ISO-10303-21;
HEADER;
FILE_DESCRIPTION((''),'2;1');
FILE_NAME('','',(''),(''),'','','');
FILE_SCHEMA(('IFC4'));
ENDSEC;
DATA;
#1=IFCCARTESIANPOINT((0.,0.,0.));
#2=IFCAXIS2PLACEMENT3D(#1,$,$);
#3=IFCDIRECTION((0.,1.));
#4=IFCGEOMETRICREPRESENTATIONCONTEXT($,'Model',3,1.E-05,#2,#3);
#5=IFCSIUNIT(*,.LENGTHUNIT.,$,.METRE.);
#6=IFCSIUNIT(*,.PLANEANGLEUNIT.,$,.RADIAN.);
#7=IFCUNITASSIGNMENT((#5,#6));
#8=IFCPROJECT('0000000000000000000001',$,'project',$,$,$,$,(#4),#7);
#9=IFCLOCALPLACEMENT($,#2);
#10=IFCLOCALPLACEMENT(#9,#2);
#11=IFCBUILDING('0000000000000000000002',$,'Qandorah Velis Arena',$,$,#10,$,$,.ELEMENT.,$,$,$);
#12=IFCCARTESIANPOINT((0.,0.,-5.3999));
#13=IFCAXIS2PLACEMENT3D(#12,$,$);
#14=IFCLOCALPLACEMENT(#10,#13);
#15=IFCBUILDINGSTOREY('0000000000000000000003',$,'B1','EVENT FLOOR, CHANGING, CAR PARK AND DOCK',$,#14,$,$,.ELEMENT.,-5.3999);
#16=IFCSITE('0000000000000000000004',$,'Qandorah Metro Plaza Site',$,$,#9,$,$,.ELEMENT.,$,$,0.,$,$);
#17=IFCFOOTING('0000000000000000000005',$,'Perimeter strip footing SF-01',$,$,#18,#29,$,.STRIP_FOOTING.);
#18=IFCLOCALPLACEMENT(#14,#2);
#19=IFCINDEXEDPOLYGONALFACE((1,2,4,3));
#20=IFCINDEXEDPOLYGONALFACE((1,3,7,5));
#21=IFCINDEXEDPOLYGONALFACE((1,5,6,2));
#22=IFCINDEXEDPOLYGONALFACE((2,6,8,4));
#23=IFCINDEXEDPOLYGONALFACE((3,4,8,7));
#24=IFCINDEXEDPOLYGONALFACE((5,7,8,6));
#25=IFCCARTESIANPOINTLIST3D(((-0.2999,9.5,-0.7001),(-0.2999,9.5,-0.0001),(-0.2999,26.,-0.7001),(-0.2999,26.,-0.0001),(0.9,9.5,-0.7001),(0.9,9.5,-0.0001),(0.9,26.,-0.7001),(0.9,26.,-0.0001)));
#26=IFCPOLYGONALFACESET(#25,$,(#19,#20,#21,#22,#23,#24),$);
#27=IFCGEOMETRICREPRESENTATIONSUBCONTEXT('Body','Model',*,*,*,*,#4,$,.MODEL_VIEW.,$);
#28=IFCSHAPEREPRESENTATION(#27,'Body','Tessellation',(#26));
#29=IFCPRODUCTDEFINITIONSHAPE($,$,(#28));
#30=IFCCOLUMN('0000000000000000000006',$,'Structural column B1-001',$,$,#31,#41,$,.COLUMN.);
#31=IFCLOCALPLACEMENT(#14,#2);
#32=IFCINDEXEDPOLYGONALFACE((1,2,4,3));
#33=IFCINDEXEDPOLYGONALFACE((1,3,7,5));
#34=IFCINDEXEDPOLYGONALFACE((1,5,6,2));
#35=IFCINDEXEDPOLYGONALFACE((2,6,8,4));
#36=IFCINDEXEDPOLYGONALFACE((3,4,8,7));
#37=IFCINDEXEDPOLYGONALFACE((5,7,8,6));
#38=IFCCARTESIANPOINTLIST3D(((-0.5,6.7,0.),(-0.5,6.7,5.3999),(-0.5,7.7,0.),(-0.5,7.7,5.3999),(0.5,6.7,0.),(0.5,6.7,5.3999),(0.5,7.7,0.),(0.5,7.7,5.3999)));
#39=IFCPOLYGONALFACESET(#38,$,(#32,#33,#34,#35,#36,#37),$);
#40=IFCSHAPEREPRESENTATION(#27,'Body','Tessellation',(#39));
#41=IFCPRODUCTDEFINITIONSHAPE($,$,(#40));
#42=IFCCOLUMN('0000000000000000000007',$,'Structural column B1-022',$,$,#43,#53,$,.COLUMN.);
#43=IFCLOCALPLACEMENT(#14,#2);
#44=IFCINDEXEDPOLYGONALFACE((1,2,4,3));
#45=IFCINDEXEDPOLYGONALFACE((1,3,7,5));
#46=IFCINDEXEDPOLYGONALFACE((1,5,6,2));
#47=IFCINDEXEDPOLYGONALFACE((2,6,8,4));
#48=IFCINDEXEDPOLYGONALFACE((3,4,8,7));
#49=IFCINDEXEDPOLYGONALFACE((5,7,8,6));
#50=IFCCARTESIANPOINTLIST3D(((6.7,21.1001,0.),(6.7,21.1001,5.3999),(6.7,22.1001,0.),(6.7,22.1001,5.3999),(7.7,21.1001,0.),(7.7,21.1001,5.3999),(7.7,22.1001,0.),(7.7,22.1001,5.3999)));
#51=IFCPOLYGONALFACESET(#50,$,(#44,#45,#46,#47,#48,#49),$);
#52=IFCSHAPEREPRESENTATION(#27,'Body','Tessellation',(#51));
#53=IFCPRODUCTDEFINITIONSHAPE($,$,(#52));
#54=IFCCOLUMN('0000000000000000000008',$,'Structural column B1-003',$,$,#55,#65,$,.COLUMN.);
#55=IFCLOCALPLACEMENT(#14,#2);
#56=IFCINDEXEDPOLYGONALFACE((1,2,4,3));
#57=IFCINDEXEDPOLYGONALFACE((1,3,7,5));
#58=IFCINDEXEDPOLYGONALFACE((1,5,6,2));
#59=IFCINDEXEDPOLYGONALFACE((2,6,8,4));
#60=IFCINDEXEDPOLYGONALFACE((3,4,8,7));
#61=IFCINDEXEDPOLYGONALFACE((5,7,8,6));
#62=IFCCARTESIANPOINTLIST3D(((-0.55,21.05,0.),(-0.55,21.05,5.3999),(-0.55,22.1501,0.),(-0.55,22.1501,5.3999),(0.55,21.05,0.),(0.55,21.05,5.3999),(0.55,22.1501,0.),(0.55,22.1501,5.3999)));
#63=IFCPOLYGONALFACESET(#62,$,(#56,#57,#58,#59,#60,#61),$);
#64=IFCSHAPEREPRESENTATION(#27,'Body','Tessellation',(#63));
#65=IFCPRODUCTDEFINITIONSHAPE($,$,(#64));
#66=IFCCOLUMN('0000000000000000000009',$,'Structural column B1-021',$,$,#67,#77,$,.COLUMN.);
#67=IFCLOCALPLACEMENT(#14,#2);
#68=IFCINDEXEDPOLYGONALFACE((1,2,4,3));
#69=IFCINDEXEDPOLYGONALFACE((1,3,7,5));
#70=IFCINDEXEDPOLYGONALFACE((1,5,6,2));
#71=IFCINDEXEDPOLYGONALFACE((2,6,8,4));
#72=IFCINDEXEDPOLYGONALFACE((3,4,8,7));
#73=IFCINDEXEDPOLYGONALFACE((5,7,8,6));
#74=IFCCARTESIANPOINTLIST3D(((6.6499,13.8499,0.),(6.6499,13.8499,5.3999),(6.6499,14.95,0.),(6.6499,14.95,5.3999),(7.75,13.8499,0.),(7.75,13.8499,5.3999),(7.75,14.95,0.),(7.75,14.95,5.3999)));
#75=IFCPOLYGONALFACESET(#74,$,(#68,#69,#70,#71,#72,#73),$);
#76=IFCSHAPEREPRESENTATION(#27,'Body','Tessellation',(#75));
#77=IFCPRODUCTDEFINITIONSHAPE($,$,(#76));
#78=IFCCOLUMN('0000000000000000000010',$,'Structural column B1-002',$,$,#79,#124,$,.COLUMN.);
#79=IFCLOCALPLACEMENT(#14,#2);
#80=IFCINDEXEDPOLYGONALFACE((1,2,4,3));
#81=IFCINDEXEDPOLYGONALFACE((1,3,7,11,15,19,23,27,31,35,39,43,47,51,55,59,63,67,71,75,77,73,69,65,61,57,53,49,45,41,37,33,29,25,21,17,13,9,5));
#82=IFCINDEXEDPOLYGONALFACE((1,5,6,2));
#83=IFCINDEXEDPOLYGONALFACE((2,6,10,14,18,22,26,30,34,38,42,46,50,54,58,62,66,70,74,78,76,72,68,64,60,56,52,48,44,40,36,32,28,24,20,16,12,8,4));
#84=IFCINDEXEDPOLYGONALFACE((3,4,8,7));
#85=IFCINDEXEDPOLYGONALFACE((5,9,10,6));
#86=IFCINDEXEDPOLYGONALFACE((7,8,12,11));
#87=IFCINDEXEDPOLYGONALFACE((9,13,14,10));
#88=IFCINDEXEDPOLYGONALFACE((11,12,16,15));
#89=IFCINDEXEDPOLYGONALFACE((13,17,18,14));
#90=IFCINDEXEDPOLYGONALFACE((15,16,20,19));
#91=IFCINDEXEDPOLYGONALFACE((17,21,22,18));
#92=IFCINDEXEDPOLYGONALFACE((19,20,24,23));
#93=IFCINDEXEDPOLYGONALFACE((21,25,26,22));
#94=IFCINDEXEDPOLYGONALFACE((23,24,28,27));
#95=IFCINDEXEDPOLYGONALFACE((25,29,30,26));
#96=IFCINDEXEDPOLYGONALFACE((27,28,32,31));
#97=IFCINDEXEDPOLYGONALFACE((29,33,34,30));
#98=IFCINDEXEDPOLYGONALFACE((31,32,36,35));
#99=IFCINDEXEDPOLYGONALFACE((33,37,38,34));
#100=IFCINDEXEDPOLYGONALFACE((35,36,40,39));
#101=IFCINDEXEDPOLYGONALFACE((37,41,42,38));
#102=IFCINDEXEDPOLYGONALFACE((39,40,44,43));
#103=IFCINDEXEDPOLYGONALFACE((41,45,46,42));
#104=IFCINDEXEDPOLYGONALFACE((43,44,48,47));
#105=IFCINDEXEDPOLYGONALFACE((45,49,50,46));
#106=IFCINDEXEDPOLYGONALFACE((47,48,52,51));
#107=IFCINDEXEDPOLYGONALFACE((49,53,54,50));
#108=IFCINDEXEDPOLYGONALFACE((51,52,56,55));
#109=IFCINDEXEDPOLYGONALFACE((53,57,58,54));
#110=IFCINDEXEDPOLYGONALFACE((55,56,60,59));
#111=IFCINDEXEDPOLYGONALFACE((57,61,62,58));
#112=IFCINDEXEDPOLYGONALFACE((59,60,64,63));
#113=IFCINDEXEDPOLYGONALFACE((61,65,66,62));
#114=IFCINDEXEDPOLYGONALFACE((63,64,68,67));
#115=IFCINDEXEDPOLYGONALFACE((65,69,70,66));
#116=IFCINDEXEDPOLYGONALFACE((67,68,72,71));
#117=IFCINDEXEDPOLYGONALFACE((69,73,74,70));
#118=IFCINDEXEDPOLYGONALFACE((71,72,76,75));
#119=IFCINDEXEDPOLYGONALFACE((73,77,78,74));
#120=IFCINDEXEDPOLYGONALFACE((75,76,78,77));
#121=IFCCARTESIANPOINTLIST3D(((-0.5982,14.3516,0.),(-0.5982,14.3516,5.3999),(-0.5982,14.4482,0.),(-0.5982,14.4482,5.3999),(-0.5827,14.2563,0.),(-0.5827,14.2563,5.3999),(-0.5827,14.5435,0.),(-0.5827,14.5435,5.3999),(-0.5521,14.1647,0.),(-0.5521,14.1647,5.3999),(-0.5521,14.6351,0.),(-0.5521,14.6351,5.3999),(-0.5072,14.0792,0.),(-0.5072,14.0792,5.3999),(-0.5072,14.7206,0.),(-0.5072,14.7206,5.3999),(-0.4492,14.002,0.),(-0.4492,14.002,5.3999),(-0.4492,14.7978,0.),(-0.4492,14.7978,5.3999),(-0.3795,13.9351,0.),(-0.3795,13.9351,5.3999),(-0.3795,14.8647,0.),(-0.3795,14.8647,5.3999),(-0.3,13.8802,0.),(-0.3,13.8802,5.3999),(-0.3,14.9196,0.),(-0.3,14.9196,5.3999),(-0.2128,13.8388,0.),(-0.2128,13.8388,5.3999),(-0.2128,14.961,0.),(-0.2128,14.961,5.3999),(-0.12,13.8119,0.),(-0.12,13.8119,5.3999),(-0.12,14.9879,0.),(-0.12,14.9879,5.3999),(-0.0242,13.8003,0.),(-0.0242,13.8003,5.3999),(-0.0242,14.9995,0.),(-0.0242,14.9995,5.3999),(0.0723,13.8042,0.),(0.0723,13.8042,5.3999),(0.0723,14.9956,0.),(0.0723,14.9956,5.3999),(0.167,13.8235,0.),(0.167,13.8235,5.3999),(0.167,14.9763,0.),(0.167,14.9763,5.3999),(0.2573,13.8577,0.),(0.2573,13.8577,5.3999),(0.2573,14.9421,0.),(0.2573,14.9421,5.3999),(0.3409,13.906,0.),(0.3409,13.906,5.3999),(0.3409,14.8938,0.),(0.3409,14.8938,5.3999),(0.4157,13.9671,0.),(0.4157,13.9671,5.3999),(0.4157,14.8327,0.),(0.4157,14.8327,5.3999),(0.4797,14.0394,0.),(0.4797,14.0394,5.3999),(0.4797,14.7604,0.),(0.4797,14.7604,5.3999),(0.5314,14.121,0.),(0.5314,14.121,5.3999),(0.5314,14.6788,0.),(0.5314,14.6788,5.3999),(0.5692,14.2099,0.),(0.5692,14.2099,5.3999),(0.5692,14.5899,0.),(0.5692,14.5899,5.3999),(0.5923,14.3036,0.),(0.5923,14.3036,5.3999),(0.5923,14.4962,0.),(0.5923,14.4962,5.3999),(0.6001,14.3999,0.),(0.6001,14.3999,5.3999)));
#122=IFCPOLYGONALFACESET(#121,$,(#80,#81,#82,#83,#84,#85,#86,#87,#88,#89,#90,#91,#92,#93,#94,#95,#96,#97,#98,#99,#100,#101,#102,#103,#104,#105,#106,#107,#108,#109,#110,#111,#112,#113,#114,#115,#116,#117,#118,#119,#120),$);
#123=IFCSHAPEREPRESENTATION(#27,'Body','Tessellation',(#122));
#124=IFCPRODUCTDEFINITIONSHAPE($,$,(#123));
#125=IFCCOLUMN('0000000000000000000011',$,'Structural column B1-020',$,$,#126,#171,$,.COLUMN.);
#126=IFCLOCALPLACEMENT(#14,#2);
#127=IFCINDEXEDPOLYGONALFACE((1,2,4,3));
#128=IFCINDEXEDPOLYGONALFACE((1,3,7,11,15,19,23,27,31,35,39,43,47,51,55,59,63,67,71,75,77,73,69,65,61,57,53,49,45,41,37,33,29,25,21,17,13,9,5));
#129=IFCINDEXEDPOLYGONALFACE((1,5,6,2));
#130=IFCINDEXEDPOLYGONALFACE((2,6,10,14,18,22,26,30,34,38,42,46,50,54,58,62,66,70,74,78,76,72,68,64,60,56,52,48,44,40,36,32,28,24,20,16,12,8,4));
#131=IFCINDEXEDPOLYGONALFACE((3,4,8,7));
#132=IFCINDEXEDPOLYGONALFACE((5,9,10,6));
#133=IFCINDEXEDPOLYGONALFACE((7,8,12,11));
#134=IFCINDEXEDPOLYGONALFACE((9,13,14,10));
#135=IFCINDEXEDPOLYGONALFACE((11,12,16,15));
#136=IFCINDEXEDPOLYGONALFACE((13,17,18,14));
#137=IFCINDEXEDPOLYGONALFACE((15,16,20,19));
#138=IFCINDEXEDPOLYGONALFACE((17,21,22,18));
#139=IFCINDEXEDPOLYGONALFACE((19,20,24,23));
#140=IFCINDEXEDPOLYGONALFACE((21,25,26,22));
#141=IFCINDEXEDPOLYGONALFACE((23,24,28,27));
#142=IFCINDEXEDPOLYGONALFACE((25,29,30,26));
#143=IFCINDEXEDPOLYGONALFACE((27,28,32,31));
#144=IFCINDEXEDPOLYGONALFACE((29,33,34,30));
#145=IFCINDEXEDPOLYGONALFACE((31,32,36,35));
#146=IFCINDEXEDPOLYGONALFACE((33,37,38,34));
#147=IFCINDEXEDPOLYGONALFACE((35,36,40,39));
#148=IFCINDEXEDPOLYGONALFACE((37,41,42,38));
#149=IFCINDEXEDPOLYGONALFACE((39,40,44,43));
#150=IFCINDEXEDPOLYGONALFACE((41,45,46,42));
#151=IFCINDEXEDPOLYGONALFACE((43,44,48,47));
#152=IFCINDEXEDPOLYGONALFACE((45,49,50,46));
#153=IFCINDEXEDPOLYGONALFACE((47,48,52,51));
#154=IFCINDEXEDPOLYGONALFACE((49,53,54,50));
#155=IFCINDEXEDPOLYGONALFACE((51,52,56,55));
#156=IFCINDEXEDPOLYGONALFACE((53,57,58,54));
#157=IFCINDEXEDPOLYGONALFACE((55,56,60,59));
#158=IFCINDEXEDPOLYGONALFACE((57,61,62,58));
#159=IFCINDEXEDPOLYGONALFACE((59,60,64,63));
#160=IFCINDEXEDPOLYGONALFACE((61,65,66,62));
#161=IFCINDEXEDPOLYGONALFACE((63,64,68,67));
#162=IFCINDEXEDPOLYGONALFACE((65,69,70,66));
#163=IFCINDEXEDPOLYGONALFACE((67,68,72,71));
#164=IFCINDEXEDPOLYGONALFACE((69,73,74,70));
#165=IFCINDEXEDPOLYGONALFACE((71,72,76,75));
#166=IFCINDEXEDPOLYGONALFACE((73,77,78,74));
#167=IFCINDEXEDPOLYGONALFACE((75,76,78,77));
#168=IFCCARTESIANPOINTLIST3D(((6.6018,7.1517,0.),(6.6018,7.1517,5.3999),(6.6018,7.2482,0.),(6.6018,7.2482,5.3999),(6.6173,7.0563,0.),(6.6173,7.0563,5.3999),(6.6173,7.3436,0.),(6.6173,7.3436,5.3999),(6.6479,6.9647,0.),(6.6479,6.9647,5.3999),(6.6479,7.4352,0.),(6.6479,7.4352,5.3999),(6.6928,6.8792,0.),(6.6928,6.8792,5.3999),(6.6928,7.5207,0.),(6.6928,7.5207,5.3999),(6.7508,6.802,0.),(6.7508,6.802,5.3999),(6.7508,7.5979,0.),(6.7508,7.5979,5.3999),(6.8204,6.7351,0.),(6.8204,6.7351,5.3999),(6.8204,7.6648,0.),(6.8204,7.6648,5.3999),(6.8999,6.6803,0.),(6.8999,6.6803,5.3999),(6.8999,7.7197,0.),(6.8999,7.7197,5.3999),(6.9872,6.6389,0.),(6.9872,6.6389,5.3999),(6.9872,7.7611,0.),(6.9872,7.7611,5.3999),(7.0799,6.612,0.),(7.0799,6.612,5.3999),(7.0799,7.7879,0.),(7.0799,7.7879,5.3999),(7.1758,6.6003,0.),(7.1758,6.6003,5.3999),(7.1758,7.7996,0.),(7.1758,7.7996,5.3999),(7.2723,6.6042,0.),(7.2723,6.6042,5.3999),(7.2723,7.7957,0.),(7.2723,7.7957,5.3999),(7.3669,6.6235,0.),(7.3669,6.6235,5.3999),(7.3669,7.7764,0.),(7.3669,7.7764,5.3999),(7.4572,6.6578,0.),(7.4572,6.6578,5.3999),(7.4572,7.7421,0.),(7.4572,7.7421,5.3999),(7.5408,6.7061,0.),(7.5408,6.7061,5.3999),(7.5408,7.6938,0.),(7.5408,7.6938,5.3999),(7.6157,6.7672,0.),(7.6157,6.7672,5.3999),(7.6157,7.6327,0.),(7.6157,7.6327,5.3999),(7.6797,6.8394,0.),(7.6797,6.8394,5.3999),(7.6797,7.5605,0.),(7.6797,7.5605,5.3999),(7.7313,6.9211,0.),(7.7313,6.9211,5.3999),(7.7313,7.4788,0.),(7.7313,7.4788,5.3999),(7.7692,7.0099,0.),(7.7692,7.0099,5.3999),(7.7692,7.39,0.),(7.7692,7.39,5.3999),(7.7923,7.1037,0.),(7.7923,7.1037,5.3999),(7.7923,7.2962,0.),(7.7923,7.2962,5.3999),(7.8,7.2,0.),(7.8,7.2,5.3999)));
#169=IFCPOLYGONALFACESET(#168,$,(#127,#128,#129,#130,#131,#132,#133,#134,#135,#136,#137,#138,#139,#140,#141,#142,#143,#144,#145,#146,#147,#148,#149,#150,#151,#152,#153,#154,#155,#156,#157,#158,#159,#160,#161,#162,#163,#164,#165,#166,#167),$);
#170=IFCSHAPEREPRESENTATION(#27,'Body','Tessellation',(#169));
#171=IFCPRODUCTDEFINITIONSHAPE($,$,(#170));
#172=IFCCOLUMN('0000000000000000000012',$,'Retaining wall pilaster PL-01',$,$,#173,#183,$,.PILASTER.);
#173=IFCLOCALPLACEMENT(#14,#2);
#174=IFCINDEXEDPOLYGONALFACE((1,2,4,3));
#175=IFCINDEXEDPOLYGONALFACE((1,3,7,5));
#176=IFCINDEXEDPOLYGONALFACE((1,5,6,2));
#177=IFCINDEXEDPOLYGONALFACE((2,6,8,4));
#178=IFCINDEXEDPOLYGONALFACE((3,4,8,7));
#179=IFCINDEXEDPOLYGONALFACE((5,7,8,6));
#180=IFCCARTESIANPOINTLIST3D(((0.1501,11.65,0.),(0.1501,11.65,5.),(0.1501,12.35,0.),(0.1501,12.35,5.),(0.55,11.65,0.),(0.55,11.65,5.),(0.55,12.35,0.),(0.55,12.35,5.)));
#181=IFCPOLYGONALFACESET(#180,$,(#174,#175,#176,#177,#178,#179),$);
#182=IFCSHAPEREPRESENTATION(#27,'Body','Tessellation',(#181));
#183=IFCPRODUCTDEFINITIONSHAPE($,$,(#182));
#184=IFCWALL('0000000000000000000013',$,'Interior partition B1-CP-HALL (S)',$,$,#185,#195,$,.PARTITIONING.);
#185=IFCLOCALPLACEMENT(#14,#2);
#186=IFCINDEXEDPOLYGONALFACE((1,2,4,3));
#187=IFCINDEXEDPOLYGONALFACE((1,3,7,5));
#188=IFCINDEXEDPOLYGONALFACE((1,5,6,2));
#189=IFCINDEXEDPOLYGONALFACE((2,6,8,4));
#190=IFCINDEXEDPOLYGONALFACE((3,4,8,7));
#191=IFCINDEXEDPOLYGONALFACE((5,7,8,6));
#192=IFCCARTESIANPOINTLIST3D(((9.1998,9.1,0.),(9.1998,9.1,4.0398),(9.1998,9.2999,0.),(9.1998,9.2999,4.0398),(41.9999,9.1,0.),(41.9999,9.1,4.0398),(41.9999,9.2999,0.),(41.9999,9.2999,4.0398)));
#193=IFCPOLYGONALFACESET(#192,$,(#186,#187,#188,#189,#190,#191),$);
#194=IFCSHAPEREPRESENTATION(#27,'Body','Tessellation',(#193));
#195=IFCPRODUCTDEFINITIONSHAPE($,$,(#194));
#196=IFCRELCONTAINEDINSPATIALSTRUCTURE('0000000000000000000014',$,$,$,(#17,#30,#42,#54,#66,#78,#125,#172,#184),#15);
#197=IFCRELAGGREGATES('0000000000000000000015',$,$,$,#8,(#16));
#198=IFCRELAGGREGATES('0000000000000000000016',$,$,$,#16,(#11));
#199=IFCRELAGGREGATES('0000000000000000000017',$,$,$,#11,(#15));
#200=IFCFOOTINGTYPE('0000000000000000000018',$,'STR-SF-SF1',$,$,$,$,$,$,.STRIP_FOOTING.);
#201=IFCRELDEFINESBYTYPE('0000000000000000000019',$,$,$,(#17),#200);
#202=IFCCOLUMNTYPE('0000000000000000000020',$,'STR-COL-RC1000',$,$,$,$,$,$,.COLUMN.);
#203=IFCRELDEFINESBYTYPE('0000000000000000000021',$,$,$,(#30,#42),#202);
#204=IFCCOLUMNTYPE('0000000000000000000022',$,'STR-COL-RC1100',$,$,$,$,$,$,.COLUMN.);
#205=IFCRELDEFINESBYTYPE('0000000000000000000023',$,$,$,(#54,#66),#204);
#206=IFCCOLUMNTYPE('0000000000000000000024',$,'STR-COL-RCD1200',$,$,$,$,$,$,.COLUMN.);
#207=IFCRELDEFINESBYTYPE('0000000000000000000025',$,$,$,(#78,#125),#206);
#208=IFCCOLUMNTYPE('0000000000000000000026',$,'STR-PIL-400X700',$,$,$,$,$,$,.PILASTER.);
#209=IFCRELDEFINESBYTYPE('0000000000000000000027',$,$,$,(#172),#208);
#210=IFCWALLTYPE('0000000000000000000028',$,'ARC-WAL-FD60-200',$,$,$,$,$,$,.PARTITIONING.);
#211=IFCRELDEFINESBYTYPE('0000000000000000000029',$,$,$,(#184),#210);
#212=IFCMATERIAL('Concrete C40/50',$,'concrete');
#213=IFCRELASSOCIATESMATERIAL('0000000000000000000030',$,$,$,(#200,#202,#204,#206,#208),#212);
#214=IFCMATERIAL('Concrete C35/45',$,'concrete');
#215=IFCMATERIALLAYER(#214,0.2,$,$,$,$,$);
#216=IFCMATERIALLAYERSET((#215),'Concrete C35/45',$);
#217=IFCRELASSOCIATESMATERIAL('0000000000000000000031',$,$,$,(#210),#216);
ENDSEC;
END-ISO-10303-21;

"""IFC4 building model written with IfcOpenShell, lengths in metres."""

from ifc_helpers import new_model, si_unit, direction, frame, frame_2d, origin, origin_2d, place, context, subcontext, project, spatial, rectangle, circle, extrude, material, layer, layer_set, material_profile, profile_set, type_object, element, save


model = new_model("IFC4")

# Units and contexts
model_context = context("Model", 3, precision=1e-05, world=origin(), true_north=direction((0.0, 1.0)))
body_context = subcontext(model_context, "Body", "Model", "MODEL_VIEW")
ifc_project = project(units=[si_unit("LENGTHUNIT", "METRE"), si_unit("PLANEANGLEUNIT", "RADIAN")], contexts=[model_context])

# Site, building, storey
site_placement = place(None, origin())
site = spatial("IfcSite", under=ifc_project, at=site_placement, Name="Qandorah Metro Plaza Site", CompositionType="ELEMENT", RefElevation=0.0)
building_placement = place(site_placement, origin())
building = spatial("IfcBuilding", under=site, at=building_placement, Name="Qandorah Velis Arena", CompositionType="ELEMENT")
storey_placement = place(building_placement, frame((0.0, 0.0, -5.3999)))
storey = spatial("IfcBuildingStorey", under=building, at=storey_placement, Name="B1", Description="EVENT FLOOR, CHANGING, CAR PARK AND DOCK", CompositionType="ELEMENT", Elevation=-5.3999)

# Shared definitions
ifc_material_1 = material(Name="Concrete C40/50", Category="concrete")

# Footing
ifc_material_profile_1 = material_profile(ifc_material_1, rectangle(XDim=1.2, YDim=0.7, at=origin_2d()), Name="SF1 1200x700")
ifc_profile_set_1 = profile_set([ifc_material_profile_1], Name="Concrete C40/50")
footing_type_1 = type_object("IfcFootingType", Name="STR-SF-SF1", PredefinedType="STRIP_FOOTING", material=ifc_profile_set_1)
footing_1_placement = place(storey_placement, frame((0.3, 9.5, -0.3501), z_axis=(0.0, 1.0, 0.0), x_axis=(-1.0, 0.0, 0.0)))
element("IfcFooting", 1, at=footing_1_placement, inside=storey, type_object=footing_type_1, Name="Perimeter strip footing SF-01", PredefinedType="STRIP_FOOTING", context=body_context, shape_type="SweptSolid", body=[
    extrude(rectangle(XDim=1.2, YDim=0.7, at=origin_2d()), origin(), (0.0, 0.0, 1.0), 16.5),
])

# Columns
ifc_material_profile_2 = material_profile(ifc_material_1, rectangle(XDim=1.0, YDim=1.0, at=origin_2d()), Name="RC COL 1000x1000")
ifc_profile_set_2 = profile_set([ifc_material_profile_2], Name="Concrete C40/50")
column_type_1 = type_object("IfcColumnType", Name="STR-COL-RC1000", PredefinedType="COLUMN", material=ifc_profile_set_2)
for number, where, z_axis, x_axis, name in (
    (2, (0.0, 7.2, 0.0), (0.0, 0.0, 1.0), (1.0, 0.0, 0.0), "Structural column B1-001"),
    (3, (7.2, 21.6001, 0.0), (0.0, 0.0, 1.0), (1.0, 0.0, 0.0), "Structural column B1-022"),
):
    element("IfcColumn", number, at=place(storey_placement, frame(where, z_axis=z_axis, x_axis=x_axis)), inside=storey, type_object=column_type_1, Name=name, PredefinedType="COLUMN", context=body_context, shape_type="SweptSolid", body=[
        extrude(rectangle(XDim=1.0, YDim=1.0, at=origin_2d()), origin(), (0.0, 0.0, 1.0), 5.3999),
    ])
ifc_material_profile_3 = material_profile(ifc_material_1, rectangle(XDim=1.1001, YDim=1.1001, at=origin_2d()), Name="RC COL 1100x1100")
ifc_profile_set_3 = profile_set([ifc_material_profile_3], Name="Concrete C40/50")
column_type_2 = type_object("IfcColumnType", Name="STR-COL-RC1100", PredefinedType="COLUMN", material=ifc_profile_set_3)
for number, where, z_axis, x_axis, name in (
    (4, (0.0, 21.6001, 0.0), (0.0, 0.0, 1.0), (1.0, 0.0, 0.0), "Structural column B1-003"),
    (5, (7.2, 14.3999, 0.0), (0.0, 0.0, 1.0), (1.0, 0.0, 0.0), "Structural column B1-021"),
):
    element("IfcColumn", number, at=place(storey_placement, frame(where, z_axis=z_axis, x_axis=x_axis)), inside=storey, type_object=column_type_2, Name=name, PredefinedType="COLUMN", context=body_context, shape_type="SweptSolid", body=[
        extrude(rectangle(XDim=1.1001, YDim=1.1001, at=origin_2d()), origin(), (0.0, 0.0, 1.0), 5.3999),
    ])
ifc_material_profile_4 = material_profile(ifc_material_1, circle(Radius=0.6001, at=origin_2d()), Name="RC D1200")
ifc_profile_set_4 = profile_set([ifc_material_profile_4], Name="Concrete C40/50")
column_type_3 = type_object("IfcColumnType", Name="STR-COL-RCD1200", PredefinedType="COLUMN", material=ifc_profile_set_4)
for number, where, z_axis, x_axis, name in (
    (6, (0.0, 14.3999, 0.0), (0.0, 0.0, 1.0), (1.0, 0.0, 0.0), "Structural column B1-002"),
    (7, (7.2, 7.2, 0.0), (0.0, 0.0, 1.0), (1.0, 0.0, 0.0), "Structural column B1-020"),
):
    element("IfcColumn", number, at=place(storey_placement, frame(where, z_axis=z_axis, x_axis=x_axis)), inside=storey, type_object=column_type_3, Name=name, PredefinedType="COLUMN", context=body_context, shape_type="SweptSolid", body=[
        extrude(circle(Radius=0.6001, at=origin_2d()), origin(), (0.0, 0.0, 1.0), 5.3999),
    ])
ifc_material_profile_5 = material_profile(ifc_material_1, rectangle(XDim=0.3999, YDim=0.7, at=origin_2d()), Name="RC PIL 400x700")
ifc_profile_set_5 = profile_set([ifc_material_profile_5], Name="Concrete C40/50")
column_type_4 = type_object("IfcColumnType", Name="STR-PIL-400X700", PredefinedType="PILASTER", material=ifc_profile_set_5)
column_placement = place(storey_placement, frame((0.3501, 12.0, 0.0), z_axis=(0.0, 0.0, 1.0), x_axis=(1.0, 0.0, 0.0)))
element("IfcColumn", 8, at=column_placement, inside=storey, type_object=column_type_4, Name="Retaining wall pilaster PL-01", PredefinedType="PILASTER", context=body_context, shape_type="SweptSolid", body=[
    extrude(rectangle(XDim=0.3999, YDim=0.7, at=origin_2d()), origin(), (0.0, 0.0, 1.0), 5.0),
])

# Wall
ifc_material_2 = material(Name="Concrete C35/45", Category="concrete")
ifc_layer = layer(ifc_material_2, 0.2)
ifc_layer_set = layer_set([ifc_layer], Name="Concrete C35/45")
wall_type = type_object("IfcWallType", Name="ARC-WAL-FD60-200", PredefinedType="PARTITIONING", material=ifc_layer_set)
wall_placement = place(storey_placement, frame((9.2, 9.2, 0.0), z_axis=(0.0, 0.0, 1.0), x_axis=(1.0, 0.0, 0.0)))
element("IfcWall", 9, at=wall_placement, inside=storey, type_object=wall_type, Name="Interior partition B1-CP-HALL (S)", PredefinedType="PARTITIONING", context=body_context, shape_type="SweptSolid", body=[
    extrude(rectangle(XDim=32.8, YDim=0.2, at=frame_2d((16.3999, 0.0))), origin(), (0.0, 0.0, 1.0), 4.0398),
])

save(model, "model.ifc")
